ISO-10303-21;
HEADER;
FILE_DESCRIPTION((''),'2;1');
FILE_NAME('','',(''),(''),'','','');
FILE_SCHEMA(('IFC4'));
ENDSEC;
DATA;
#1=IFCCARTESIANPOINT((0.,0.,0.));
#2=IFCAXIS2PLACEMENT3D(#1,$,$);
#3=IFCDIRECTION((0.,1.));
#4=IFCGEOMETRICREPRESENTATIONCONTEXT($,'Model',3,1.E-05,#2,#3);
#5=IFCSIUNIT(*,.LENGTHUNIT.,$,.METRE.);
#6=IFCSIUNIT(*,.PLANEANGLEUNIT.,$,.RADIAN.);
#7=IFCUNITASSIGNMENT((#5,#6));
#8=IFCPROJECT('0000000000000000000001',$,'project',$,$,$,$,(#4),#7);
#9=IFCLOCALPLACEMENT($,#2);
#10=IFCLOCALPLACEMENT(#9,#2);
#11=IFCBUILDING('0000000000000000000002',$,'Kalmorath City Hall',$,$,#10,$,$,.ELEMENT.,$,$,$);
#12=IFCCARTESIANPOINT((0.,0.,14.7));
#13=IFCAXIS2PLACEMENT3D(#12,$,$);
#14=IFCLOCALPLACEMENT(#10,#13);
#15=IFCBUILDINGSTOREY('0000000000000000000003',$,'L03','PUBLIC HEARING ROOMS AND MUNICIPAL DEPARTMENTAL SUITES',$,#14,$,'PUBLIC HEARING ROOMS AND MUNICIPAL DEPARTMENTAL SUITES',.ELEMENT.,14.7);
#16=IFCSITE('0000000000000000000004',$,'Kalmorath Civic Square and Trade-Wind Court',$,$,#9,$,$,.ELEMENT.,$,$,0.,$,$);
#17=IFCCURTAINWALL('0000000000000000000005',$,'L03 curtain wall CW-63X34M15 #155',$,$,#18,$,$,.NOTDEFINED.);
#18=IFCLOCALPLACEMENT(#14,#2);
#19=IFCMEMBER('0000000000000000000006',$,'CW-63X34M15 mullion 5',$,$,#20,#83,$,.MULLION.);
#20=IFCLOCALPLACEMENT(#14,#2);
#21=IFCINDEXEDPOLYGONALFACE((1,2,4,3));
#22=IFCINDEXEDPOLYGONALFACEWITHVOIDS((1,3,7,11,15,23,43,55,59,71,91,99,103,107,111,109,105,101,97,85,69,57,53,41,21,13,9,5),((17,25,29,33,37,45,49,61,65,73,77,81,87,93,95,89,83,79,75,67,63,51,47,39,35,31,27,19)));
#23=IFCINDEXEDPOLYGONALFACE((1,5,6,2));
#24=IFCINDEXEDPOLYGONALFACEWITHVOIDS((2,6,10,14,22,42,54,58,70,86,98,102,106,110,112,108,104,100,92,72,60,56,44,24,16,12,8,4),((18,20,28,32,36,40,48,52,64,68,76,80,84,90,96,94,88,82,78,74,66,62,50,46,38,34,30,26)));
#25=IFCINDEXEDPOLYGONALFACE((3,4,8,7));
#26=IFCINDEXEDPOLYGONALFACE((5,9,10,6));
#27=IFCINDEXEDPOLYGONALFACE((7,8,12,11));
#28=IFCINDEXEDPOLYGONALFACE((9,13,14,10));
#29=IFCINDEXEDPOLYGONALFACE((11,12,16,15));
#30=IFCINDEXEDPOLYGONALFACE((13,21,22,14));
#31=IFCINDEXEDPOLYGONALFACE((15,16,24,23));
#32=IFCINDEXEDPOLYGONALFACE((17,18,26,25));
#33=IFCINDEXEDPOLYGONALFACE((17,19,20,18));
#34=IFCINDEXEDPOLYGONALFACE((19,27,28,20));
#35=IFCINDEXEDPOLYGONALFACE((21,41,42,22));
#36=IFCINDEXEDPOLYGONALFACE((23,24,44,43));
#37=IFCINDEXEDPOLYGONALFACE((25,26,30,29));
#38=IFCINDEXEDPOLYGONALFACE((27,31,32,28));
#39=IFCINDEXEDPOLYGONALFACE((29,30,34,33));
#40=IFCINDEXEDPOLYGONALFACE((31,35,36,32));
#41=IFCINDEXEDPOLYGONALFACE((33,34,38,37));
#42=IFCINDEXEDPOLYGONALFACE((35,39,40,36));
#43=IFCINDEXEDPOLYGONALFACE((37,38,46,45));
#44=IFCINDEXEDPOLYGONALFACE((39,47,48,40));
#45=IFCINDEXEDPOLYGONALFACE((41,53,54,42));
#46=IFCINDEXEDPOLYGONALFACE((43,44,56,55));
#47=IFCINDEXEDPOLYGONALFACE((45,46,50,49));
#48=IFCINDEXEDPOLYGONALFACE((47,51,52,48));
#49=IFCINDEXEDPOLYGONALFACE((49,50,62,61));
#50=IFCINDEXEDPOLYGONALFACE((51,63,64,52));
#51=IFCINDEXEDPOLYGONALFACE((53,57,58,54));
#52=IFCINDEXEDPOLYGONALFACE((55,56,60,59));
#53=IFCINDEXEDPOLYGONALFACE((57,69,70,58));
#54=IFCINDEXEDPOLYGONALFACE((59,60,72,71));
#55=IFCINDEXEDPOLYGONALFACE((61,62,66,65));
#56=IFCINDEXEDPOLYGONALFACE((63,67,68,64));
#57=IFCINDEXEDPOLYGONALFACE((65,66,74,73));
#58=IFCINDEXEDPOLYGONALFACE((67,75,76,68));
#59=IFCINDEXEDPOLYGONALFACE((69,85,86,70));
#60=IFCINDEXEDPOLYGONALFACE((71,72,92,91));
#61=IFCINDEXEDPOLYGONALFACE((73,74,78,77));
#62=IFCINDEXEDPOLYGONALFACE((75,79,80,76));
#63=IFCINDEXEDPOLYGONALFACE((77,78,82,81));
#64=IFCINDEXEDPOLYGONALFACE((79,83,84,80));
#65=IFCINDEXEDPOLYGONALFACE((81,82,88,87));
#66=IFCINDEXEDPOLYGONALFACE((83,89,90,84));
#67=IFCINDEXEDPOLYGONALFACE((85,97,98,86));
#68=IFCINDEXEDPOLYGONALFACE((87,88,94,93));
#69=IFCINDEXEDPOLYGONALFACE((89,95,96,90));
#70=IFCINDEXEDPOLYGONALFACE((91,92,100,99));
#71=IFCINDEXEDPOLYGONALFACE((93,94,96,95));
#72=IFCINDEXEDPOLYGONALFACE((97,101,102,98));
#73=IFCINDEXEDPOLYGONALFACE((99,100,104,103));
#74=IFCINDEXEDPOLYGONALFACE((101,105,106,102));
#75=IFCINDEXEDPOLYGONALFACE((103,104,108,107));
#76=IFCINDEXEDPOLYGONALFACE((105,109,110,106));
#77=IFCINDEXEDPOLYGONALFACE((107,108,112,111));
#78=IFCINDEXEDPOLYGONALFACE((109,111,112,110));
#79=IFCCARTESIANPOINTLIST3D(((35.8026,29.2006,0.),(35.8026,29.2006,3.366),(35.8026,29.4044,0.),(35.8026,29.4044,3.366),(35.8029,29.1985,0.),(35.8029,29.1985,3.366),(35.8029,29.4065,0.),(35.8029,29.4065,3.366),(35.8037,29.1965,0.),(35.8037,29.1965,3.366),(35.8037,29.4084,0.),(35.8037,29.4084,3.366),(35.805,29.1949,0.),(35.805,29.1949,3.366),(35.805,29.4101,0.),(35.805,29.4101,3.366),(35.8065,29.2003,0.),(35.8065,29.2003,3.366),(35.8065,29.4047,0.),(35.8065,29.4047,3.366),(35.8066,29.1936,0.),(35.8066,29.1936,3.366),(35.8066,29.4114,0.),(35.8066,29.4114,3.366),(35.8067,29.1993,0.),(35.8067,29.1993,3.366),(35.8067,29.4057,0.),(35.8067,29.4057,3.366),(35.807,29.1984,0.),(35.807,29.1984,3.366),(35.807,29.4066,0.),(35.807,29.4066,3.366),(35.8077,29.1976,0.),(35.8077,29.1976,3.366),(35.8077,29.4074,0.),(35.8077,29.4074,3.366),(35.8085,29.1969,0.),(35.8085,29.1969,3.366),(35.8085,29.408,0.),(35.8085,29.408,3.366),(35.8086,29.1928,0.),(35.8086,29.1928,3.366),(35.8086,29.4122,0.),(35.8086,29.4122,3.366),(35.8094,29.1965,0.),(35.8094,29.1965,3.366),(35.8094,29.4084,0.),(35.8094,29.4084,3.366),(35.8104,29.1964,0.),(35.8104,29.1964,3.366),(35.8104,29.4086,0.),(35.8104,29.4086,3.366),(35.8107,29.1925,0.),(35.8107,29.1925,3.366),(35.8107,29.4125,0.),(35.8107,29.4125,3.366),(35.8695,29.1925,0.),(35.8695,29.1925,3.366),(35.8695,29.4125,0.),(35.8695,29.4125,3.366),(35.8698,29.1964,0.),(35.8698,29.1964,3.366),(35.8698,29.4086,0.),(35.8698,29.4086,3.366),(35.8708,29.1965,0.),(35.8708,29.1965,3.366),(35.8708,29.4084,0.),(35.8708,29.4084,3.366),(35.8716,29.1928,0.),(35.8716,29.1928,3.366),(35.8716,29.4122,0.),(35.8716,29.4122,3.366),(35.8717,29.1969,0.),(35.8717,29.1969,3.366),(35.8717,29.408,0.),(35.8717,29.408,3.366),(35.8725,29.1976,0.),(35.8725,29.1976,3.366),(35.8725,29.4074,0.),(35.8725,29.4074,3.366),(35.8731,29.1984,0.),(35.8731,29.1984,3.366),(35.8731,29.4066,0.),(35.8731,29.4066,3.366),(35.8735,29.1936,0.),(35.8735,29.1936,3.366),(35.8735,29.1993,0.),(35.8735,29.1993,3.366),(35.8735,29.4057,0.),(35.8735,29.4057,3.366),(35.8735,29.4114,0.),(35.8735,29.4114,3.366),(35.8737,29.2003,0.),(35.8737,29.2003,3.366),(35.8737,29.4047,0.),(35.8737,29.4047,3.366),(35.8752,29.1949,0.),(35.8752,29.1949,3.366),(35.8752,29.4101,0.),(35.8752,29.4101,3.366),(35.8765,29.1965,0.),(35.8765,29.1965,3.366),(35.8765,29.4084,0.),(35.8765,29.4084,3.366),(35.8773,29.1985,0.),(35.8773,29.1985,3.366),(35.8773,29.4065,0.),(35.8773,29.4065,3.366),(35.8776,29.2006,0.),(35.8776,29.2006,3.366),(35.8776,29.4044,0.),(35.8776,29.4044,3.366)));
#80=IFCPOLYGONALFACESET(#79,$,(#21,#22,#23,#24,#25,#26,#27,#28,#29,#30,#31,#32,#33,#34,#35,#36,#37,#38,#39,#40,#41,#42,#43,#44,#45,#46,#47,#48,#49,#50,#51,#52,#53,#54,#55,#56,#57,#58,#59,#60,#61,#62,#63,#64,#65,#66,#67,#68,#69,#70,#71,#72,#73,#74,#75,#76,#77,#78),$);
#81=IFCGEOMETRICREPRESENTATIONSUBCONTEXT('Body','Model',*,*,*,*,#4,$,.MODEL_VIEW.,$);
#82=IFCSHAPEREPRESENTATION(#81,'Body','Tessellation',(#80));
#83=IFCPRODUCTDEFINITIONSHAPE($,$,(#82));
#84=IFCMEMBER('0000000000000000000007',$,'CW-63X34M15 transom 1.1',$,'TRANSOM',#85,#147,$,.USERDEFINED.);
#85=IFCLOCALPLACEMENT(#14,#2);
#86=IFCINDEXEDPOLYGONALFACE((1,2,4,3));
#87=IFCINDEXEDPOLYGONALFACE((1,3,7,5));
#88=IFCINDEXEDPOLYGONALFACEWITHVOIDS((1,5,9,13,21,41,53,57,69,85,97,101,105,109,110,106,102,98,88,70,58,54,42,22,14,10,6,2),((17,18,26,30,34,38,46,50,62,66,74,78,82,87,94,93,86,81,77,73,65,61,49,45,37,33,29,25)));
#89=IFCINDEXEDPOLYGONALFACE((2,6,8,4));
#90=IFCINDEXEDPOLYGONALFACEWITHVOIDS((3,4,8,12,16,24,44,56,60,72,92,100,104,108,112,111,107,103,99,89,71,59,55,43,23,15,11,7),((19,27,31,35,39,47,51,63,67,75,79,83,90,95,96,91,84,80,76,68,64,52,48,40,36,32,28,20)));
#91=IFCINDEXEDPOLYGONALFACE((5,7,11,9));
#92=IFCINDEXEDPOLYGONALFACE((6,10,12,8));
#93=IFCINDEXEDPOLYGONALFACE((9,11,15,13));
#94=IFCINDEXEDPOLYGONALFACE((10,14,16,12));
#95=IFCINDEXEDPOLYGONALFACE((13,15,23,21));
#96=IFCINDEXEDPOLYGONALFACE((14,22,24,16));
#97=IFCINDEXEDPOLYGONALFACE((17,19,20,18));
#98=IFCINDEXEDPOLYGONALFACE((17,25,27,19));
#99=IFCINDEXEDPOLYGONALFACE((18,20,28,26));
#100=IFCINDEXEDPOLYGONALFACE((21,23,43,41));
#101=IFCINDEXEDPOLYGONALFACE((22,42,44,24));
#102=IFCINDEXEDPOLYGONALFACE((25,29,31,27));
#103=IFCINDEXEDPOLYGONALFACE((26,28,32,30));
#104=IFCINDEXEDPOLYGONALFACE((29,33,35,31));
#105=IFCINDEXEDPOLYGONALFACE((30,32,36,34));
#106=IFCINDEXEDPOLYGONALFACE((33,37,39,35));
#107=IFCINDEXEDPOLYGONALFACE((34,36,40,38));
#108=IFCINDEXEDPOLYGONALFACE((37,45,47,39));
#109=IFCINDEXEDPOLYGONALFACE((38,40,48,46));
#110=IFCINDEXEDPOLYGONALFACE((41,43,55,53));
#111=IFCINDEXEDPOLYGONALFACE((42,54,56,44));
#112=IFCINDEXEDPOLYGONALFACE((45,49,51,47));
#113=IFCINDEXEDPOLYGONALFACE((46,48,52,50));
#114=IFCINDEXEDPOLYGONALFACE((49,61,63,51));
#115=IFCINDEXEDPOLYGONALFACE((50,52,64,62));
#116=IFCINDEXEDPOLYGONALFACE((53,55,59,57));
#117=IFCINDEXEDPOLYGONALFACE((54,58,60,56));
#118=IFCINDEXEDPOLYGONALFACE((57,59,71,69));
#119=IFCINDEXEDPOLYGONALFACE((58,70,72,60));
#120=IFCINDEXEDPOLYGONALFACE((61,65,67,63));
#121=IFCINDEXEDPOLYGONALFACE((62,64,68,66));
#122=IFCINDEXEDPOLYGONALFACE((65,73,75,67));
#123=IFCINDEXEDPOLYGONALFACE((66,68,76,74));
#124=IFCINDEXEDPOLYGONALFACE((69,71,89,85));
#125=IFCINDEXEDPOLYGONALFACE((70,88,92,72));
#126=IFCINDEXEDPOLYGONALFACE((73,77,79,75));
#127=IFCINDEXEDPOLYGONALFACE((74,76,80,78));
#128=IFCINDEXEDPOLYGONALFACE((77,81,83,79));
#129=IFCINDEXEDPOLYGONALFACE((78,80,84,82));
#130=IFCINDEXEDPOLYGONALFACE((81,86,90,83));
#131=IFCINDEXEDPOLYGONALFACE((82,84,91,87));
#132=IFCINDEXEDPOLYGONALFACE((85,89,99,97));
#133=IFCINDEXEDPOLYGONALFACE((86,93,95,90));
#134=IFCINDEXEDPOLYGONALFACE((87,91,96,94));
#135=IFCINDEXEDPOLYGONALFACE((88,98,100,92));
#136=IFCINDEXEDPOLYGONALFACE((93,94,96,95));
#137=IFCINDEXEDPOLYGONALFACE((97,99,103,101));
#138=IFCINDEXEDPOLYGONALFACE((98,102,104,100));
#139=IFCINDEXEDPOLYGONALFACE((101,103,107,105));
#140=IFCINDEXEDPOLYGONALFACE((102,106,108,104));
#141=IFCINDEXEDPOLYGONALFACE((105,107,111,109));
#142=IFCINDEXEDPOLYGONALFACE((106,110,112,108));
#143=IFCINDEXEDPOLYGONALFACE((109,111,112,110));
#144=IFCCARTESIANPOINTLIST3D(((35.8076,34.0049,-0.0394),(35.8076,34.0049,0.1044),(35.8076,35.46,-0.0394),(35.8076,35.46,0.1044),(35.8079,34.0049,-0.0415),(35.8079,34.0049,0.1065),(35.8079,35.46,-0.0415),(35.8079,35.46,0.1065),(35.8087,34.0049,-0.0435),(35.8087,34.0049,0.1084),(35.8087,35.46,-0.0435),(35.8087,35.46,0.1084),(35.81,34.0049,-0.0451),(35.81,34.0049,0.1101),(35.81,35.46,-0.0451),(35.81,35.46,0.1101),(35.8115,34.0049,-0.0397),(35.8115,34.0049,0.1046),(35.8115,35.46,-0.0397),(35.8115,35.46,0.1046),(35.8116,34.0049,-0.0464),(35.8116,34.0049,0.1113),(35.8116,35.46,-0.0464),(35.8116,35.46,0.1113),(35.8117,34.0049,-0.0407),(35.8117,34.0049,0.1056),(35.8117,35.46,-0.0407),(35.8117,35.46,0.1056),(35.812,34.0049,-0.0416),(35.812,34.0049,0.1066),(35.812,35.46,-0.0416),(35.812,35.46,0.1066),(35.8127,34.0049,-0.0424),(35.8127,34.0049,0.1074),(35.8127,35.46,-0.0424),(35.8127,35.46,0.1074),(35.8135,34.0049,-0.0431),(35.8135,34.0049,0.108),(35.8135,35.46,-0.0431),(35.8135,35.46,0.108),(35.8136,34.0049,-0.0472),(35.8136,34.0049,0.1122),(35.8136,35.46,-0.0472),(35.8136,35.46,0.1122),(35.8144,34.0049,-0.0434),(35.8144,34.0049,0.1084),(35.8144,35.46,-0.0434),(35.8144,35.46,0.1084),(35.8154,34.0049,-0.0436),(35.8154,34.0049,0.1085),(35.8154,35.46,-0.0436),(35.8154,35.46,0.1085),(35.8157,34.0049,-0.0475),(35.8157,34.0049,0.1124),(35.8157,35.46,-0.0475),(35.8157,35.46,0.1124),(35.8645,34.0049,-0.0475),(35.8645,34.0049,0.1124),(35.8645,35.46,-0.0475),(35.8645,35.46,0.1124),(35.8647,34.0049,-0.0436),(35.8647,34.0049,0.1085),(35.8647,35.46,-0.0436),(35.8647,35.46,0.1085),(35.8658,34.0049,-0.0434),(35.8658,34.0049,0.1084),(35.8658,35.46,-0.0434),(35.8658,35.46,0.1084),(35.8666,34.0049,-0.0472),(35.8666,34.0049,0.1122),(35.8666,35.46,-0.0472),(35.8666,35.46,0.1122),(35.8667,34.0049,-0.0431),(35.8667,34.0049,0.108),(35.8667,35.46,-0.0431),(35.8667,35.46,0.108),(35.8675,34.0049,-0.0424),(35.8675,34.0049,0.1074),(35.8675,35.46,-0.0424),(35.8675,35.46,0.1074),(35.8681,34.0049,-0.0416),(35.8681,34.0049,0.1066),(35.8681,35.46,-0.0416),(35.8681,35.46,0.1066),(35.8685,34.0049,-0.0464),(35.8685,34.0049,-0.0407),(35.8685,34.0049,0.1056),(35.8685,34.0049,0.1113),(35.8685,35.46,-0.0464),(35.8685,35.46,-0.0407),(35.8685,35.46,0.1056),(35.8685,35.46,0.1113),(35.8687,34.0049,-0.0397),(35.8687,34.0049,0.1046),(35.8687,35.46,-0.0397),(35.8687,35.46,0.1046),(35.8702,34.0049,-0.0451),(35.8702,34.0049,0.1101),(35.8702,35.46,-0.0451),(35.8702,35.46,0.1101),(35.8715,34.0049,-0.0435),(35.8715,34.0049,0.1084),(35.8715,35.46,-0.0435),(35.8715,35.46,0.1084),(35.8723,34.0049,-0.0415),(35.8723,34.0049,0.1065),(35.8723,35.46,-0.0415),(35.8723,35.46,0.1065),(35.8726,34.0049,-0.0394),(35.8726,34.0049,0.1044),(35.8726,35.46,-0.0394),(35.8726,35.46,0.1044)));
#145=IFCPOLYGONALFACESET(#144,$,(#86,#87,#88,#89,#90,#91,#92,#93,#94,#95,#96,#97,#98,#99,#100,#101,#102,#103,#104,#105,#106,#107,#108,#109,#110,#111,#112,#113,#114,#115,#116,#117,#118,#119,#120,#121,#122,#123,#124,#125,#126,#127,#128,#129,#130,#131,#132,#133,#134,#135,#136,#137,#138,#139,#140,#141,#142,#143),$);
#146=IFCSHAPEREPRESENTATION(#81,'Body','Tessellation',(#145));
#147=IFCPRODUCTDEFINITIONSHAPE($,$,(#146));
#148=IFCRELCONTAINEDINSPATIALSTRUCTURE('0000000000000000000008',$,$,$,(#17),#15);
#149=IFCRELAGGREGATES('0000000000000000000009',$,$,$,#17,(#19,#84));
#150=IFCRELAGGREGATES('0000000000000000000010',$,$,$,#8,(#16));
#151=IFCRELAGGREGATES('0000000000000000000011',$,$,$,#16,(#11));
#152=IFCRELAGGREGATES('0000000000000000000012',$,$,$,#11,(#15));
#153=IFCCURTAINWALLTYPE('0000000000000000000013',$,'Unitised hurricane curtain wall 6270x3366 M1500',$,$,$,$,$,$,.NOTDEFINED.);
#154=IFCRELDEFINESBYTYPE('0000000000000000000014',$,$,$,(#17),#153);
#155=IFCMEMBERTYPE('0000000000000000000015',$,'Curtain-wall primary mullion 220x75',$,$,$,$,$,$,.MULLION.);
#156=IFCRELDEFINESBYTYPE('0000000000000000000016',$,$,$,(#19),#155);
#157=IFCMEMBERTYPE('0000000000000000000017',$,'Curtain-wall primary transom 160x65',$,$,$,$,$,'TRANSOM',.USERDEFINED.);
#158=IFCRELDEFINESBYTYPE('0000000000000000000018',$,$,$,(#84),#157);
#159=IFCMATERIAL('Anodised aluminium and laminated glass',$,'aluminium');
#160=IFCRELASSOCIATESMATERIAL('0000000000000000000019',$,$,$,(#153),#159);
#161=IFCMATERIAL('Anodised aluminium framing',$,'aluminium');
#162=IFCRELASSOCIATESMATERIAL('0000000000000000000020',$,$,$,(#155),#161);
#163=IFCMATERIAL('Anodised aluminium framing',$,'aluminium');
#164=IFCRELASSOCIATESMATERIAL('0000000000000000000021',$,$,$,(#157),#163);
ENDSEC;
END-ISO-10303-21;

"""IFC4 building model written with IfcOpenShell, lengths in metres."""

from ifc_helpers import new_model, si_unit, direction, frame, origin, origin_2d, place, context, subcontext, project, spatial, hollow_rectangle, extrude, material, material_profile, profile_set, type_object, element, aggregate, save


model = new_model("IFC4")

# Units and contexts
model_context = context("Model", 3, precision=1e-05, world=origin(), true_north=direction((0.0, 1.0)))
body_context = subcontext(model_context, "Body", "Model", "MODEL_VIEW")
ifc_project = project(units=[si_unit("LENGTHUNIT", "METRE"), si_unit("PLANEANGLEUNIT", "RADIAN")], contexts=[model_context])

# Site, building, storey
site_placement = place(None, origin())
site = spatial("IfcSite", under=ifc_project, at=site_placement, Name="Kalmorath Civic Square and Trade-Wind Court", CompositionType="ELEMENT", RefElevation=0.0)
building_placement = place(site_placement, origin())
building = spatial("IfcBuilding", under=site, at=building_placement, Name="Kalmorath City Hall", CompositionType="ELEMENT")
storey_placement = place(building_placement, frame((0.0, 0.0, 14.7)))
storey = spatial("IfcBuildingStorey", under=building, at=storey_placement, Name="L03", Description="PUBLIC HEARING ROOMS AND MUNICIPAL DEPARTMENTAL SUITES", LongName="PUBLIC HEARING ROOMS AND MUNICIPAL DEPARTMENTAL SUITES", CompositionType="ELEMENT", Elevation=14.7)

# Curtain wall, members
ifc_material_1 = material(Name="Anodised aluminium and laminated glass", Category="aluminium")
curtain_wall_type = type_object("IfcCurtainWallType", Name="Unitised hurricane curtain wall 6270x3366 M1500", PredefinedType="NOTDEFINED", material=ifc_material_1)
curtain_wall_placement = place(storey_placement, origin())
curtain_wall = element("IfcCurtainWall", 1, at=curtain_wall_placement, inside=storey, type_object=curtain_wall_type, Name="L03 curtain wall CW-63X34M15 #155", PredefinedType="NOTDEFINED")
ifc_material_2 = material(Name="Anodised aluminium framing", Category="aluminium")
ifc_material_profile_1 = material_profile(ifc_material_2, hollow_rectangle(XDim=0.075, YDim=0.22, WallThickness=0.0039, InnerFilletRadius=0.0039, OuterFilletRadius=0.0081, at=origin_2d()), Name="ALU-MUL-220X75X4")
ifc_profile_set_1 = profile_set([ifc_material_profile_1], Name="Anodised aluminium framing")
member_type_1 = type_object("IfcMemberType", Name="Curtain-wall primary mullion 220x75", PredefinedType="MULLION", material=ifc_profile_set_1)
member_1_placement = place(storey_placement, frame((35.8401, 29.3025, 0.0), z_axis=(0.0, 0.0, 1.0), x_axis=(1.0, 0.0, 0.0)))
member_1 = element("IfcMember", 2, at=member_1_placement, type_object=member_type_1, Name="CW-63X34M15 mullion 5", PredefinedType="MULLION", context=body_context, shape_type="SweptSolid", body=[
    extrude(hollow_rectangle(XDim=0.075, YDim=0.22, WallThickness=0.0039, InnerFilletRadius=0.0039, OuterFilletRadius=0.0081, at=origin_2d()), origin(), (0.0, 0.0, 1.0), 3.366),
])
ifc_material_3 = material(Name="Anodised aluminium framing", Category="aluminium")
ifc_material_profile_2 = material_profile(ifc_material_3, hollow_rectangle(XDim=0.0649, YDim=0.1599, WallThickness=0.0039, InnerFilletRadius=0.0039, OuterFilletRadius=0.0081, at=origin_2d()), Name="ALU-TRN-160X65X4")
ifc_profile_set_2 = profile_set([ifc_material_profile_2], Name="Anodised aluminium framing")
member_type_2 = type_object("IfcMemberType", Name="Curtain-wall primary transom 160x65", ElementType="TRANSOM", PredefinedType="USERDEFINED", material=ifc_profile_set_2)
member_2_placement = place(storey_placement, frame((35.8401, 35.46, 0.0325), z_axis=(0.0, -1.0, 0.0), x_axis=(1.0, 0.0, 0.0)))
member_2 = element("IfcMember", 3, at=member_2_placement, type_object=member_type_2, Name="CW-63X34M15 transom 1.1", ObjectType="TRANSOM", PredefinedType="USERDEFINED", context=body_context, shape_type="SweptSolid", body=[
    extrude(hollow_rectangle(XDim=0.0649, YDim=0.1599, WallThickness=0.0039, InnerFilletRadius=0.0039, OuterFilletRadius=0.0081, at=origin_2d()), origin(), (0.0, 0.0, 1.0), 1.4551),
])
aggregate(curtain_wall, [member_1, member_2])

save(model, "model.ifc")
